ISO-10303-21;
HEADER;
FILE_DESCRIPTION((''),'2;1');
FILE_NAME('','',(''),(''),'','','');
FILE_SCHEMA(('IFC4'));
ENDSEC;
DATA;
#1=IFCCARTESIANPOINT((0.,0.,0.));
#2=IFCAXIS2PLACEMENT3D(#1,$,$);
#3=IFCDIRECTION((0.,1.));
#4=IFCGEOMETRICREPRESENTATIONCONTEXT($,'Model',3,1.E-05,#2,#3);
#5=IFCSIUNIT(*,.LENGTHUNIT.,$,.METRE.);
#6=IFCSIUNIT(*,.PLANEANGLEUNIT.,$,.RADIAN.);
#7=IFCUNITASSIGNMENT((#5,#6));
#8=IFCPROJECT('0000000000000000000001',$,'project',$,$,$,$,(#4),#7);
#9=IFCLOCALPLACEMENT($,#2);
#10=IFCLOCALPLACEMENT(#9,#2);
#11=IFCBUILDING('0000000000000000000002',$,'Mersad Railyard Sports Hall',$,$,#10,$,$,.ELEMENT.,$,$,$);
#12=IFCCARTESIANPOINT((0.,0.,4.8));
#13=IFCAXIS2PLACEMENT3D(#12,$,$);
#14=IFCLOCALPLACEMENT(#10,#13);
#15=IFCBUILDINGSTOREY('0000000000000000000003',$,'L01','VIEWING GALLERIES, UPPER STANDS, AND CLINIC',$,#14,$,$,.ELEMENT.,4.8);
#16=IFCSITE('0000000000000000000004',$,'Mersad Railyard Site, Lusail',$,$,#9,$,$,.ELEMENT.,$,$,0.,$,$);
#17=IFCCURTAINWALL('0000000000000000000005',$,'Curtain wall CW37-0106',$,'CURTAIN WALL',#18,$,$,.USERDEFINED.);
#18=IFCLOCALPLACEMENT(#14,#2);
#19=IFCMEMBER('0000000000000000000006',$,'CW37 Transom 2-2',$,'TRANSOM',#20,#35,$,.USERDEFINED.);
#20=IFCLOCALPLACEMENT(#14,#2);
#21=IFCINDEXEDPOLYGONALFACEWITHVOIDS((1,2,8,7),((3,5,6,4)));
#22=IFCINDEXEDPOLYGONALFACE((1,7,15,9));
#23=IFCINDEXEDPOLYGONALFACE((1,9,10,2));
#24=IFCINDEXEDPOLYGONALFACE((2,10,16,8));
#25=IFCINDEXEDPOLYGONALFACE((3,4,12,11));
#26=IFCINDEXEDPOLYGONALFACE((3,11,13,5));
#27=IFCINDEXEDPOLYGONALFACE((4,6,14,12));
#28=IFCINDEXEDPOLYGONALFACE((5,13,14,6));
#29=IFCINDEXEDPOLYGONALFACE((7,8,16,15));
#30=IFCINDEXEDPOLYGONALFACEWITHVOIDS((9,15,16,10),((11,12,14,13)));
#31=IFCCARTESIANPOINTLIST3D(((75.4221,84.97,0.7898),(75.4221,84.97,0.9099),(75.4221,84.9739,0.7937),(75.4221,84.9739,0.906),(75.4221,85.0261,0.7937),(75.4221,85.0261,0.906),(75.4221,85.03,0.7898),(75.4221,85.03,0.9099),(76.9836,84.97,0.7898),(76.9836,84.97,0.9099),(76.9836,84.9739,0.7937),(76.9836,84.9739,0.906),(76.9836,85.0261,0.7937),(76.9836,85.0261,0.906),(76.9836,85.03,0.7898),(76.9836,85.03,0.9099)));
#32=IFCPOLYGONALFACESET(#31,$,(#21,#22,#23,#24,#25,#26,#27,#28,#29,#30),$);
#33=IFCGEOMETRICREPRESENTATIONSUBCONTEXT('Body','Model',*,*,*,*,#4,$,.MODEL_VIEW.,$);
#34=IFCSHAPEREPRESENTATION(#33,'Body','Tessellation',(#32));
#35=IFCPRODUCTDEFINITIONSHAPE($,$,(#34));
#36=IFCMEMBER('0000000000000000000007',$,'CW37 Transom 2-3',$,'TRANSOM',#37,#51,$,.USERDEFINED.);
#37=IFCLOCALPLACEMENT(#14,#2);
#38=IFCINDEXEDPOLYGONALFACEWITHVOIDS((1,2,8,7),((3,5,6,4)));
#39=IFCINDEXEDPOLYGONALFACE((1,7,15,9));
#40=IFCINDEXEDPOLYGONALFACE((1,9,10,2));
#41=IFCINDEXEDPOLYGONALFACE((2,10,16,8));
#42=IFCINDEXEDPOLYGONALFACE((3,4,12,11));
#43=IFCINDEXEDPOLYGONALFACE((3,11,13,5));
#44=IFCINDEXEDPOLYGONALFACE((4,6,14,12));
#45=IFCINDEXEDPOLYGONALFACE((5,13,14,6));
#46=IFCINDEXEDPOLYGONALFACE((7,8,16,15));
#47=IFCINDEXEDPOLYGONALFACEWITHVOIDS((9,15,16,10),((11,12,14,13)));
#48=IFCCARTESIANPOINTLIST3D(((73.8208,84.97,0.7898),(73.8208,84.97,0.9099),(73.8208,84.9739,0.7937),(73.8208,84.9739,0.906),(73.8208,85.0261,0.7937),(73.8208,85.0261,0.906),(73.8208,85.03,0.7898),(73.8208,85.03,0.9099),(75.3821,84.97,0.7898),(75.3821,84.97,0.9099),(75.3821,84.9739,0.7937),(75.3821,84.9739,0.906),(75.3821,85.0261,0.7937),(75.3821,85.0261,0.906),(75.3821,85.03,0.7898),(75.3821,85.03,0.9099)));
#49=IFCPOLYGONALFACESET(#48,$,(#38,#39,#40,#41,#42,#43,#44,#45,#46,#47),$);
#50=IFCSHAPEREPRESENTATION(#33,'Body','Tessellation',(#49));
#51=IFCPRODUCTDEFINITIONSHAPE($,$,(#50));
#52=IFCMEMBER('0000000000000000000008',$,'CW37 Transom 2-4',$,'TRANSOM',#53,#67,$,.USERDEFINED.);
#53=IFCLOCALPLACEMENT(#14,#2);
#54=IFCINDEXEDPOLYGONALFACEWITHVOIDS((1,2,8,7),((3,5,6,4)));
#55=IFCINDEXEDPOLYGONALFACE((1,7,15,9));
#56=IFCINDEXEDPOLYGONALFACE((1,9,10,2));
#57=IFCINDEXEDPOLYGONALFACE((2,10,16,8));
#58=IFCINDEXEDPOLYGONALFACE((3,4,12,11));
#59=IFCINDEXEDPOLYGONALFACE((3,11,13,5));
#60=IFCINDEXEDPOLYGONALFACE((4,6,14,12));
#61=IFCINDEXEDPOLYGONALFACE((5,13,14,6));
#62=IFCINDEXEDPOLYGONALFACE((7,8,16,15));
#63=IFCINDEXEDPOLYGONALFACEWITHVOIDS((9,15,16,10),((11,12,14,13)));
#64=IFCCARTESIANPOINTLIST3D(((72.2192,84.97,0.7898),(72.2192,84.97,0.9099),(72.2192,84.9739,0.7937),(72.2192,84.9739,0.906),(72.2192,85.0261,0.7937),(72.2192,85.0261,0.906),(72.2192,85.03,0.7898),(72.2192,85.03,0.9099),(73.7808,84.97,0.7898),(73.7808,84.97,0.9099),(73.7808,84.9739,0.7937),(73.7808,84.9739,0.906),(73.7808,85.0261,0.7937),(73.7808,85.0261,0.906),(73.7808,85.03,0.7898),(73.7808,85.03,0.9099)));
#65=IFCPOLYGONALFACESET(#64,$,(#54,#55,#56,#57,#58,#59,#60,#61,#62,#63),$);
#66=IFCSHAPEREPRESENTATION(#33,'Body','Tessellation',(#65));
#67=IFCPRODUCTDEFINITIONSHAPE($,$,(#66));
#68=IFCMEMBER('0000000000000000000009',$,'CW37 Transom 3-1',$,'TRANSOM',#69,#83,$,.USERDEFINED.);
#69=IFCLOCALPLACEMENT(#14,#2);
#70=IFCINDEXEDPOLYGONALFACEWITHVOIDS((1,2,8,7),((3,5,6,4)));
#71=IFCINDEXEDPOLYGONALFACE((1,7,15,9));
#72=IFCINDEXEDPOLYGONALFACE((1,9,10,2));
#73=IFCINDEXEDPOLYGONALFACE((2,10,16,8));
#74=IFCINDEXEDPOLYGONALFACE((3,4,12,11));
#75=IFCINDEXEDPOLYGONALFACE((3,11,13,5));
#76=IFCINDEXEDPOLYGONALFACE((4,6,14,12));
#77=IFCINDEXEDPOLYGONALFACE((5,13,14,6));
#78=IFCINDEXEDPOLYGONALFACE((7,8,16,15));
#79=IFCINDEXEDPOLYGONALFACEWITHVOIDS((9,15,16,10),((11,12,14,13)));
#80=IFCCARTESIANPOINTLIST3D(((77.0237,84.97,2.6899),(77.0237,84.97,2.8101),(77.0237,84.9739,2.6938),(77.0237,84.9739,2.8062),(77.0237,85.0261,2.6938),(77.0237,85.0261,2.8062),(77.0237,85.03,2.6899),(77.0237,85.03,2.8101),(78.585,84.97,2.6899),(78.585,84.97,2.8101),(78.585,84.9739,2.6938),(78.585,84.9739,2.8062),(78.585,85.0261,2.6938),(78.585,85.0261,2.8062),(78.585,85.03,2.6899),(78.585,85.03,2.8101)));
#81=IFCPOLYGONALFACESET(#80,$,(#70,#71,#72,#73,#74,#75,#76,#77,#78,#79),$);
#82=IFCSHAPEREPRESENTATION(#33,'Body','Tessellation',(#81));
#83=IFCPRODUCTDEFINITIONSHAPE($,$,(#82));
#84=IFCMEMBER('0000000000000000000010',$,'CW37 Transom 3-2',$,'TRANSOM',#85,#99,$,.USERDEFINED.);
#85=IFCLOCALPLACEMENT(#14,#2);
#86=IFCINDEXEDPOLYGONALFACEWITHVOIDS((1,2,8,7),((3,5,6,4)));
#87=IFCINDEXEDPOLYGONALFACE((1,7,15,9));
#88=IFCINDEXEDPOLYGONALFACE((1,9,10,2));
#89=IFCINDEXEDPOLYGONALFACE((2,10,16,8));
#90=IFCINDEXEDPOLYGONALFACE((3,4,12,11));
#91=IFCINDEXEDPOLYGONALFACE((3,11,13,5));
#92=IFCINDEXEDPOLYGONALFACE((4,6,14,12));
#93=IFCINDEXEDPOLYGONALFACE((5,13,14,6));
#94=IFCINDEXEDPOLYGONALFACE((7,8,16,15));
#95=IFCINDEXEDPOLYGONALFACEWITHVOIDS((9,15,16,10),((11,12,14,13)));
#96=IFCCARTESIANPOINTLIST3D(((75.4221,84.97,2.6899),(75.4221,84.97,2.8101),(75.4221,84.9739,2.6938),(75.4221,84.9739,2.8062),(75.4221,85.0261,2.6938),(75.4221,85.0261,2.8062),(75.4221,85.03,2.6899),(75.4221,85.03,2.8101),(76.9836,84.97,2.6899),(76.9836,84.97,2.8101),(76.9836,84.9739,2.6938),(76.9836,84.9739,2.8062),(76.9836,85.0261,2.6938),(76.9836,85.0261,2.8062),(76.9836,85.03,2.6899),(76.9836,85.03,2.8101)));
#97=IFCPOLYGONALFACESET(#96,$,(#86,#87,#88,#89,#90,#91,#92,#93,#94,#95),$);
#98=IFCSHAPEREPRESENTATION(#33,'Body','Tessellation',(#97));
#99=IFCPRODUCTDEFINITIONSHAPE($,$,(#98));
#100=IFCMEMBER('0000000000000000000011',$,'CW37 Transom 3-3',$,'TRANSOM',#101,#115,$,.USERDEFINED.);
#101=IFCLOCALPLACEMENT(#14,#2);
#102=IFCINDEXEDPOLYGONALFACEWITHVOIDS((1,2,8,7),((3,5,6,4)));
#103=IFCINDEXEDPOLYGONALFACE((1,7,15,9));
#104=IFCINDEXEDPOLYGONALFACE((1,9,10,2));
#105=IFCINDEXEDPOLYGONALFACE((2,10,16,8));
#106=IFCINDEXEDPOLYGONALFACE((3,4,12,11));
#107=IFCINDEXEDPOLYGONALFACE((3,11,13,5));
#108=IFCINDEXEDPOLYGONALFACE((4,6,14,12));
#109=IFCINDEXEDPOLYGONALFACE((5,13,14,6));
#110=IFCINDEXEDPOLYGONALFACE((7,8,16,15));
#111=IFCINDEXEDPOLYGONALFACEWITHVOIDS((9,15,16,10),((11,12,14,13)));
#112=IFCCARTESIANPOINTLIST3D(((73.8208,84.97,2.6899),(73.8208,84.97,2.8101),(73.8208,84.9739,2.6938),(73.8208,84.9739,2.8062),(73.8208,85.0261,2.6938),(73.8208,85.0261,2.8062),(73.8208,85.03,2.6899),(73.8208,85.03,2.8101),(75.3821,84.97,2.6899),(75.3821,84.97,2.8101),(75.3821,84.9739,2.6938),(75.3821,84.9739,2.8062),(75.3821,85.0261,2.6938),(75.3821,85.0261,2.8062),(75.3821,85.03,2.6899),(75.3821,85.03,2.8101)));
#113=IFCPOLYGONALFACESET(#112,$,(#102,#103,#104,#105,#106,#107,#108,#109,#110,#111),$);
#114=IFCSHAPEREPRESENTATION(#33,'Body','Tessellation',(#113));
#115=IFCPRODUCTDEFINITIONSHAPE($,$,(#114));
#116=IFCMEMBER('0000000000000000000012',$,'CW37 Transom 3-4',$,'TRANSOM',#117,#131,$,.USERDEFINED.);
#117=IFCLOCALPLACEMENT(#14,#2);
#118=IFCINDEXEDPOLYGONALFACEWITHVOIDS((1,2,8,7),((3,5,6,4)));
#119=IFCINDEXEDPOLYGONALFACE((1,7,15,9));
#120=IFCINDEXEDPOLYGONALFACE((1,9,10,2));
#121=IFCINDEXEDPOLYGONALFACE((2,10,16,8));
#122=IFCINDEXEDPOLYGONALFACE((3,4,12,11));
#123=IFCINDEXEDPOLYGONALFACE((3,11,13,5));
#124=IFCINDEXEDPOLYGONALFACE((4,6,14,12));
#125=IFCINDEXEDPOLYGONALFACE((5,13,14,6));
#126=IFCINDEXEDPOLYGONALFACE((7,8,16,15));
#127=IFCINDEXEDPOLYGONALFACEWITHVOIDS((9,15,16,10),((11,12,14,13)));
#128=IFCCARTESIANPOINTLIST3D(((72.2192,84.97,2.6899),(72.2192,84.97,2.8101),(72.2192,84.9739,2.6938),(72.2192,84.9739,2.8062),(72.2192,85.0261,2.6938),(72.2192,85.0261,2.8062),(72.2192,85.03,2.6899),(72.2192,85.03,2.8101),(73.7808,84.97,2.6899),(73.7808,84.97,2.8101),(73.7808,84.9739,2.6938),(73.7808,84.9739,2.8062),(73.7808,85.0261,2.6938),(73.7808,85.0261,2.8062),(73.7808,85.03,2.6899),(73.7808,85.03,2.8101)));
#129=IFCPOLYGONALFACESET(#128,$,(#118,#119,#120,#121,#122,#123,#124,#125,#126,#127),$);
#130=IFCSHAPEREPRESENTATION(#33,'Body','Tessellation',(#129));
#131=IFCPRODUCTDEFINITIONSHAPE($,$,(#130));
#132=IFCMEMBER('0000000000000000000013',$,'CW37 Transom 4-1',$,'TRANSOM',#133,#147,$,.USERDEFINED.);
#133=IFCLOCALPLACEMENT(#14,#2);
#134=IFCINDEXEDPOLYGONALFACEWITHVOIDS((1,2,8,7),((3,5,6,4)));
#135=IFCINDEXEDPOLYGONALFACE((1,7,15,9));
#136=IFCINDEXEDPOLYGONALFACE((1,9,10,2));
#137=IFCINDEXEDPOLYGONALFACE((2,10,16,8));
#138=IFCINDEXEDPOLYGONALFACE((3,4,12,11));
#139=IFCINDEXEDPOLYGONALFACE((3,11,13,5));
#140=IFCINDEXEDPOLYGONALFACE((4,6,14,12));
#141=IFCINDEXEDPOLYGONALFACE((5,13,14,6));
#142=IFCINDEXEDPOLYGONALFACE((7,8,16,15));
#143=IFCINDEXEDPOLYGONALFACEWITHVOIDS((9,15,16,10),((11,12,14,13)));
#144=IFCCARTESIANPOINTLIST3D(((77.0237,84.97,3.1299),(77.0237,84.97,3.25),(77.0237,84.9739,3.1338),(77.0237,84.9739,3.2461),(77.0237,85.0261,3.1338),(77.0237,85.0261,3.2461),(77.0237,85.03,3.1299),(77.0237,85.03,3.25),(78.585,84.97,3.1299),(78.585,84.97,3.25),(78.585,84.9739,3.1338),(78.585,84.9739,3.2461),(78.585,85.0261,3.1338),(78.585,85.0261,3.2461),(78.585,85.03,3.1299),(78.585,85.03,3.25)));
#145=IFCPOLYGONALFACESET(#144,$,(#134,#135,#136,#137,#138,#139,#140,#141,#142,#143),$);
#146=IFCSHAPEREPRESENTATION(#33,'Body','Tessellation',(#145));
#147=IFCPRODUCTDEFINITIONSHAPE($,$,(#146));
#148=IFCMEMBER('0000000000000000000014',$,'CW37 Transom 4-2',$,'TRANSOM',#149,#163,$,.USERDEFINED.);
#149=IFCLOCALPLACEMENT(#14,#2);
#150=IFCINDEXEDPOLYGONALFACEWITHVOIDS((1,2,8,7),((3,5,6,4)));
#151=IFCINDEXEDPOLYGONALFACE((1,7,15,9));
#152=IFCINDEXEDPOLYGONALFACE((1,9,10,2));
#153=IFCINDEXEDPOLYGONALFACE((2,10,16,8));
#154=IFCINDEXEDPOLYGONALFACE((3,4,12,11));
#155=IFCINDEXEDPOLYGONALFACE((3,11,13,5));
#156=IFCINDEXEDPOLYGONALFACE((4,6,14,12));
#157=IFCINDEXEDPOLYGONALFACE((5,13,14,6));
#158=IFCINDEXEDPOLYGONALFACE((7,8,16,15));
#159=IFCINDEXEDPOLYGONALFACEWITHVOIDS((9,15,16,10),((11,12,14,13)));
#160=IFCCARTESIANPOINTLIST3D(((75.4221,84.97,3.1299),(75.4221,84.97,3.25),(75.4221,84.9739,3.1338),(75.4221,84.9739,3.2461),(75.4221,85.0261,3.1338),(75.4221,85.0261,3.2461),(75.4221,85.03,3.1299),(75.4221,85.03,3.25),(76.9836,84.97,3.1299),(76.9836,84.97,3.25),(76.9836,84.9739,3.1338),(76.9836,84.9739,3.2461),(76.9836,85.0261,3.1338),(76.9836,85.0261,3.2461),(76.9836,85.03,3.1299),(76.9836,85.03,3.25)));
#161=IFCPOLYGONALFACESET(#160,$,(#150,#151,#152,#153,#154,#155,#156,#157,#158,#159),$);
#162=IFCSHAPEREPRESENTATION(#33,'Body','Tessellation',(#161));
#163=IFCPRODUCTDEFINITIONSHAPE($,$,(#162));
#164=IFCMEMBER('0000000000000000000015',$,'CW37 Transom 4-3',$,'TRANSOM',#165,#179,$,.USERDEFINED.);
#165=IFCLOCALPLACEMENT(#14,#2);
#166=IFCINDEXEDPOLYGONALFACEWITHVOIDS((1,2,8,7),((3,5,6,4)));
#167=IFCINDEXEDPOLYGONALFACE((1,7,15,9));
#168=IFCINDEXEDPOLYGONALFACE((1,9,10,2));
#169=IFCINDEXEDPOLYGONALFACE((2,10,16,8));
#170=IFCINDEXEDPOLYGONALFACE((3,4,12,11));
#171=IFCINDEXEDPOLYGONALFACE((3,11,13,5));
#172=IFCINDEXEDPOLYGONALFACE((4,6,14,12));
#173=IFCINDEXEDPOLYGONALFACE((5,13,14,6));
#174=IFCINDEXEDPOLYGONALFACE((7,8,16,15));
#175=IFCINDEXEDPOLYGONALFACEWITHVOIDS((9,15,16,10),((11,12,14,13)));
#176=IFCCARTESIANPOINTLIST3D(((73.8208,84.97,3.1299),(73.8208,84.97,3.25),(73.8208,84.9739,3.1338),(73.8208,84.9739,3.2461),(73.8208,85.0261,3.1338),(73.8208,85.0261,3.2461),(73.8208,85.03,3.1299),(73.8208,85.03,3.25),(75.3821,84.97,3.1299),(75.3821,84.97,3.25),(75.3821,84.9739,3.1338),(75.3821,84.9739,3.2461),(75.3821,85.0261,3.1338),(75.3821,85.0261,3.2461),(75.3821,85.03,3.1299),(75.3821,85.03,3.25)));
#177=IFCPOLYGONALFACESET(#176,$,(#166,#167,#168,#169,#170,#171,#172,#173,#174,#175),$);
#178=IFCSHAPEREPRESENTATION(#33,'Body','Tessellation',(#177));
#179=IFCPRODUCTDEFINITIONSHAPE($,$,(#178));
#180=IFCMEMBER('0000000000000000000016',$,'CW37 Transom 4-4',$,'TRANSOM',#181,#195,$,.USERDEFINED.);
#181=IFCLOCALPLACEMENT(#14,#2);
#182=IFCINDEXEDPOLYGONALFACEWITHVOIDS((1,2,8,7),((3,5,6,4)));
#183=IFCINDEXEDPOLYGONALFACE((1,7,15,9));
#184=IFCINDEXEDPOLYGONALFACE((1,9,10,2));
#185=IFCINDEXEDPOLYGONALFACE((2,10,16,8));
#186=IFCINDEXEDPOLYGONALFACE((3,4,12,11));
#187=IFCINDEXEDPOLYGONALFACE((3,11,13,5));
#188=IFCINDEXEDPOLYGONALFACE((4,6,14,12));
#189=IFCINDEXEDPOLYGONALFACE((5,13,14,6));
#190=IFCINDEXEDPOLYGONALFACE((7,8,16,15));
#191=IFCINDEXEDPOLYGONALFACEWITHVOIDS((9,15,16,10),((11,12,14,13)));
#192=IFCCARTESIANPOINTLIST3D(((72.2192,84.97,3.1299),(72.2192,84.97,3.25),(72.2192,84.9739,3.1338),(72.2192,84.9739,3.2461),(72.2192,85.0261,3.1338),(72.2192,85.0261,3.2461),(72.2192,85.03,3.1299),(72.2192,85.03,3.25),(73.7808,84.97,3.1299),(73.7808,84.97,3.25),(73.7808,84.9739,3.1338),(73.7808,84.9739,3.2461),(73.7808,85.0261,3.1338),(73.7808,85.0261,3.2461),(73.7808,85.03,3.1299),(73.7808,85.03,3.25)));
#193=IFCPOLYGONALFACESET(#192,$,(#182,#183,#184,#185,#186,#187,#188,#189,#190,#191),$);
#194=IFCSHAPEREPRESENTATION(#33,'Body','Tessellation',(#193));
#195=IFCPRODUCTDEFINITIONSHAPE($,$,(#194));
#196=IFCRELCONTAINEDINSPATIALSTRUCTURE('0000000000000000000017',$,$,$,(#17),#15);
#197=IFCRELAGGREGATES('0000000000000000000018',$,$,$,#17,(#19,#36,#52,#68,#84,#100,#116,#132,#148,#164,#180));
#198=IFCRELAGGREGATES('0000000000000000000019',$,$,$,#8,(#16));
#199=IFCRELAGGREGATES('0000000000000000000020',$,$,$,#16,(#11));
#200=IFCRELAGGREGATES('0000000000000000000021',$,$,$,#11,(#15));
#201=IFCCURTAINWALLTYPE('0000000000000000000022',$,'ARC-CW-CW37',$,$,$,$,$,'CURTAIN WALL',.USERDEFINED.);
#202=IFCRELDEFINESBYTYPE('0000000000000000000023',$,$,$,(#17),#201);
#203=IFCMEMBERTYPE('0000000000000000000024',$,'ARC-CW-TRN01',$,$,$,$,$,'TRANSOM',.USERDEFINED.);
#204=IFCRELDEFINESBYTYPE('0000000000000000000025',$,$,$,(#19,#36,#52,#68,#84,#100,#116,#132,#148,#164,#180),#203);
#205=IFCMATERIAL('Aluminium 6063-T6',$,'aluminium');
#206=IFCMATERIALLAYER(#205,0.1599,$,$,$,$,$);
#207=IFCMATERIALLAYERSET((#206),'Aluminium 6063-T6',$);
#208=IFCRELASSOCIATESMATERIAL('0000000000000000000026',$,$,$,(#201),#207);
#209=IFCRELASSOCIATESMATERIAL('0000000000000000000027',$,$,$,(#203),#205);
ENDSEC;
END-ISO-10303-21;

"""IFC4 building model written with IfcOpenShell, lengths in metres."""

from ifc_helpers import new_model, si_unit, direction, frame, origin, origin_2d, place, context, subcontext, project, spatial, hollow_rectangle, extrude, material, layer, layer_set, material_profile, profile_set, type_object, element, aggregate, save


model = new_model("IFC4")

# Units and contexts
model_context = context("Model", 3, precision=1e-05, world=origin(), true_north=direction((0.0, 1.0)))
body_context = subcontext(model_context, "Body", "Model", "MODEL_VIEW")
ifc_project = project(units=[si_unit("LENGTHUNIT", "METRE"), si_unit("PLANEANGLEUNIT", "RADIAN")], contexts=[model_context])

# Site, building, storey
site_placement = place(None, origin())
site = spatial("IfcSite", under=ifc_project, at=site_placement, Name="Mersad Railyard Site, Lusail", CompositionType="ELEMENT", RefElevation=0.0)
building_placement = place(site_placement, origin())
building = spatial("IfcBuilding", under=site, at=building_placement, Name="Mersad Railyard Sports Hall", CompositionType="ELEMENT")
storey_placement = place(building_placement, frame((0.0, 0.0, 4.8)))
storey = spatial("IfcBuildingStorey", under=building, at=storey_placement, Name="L01", Description="VIEWING GALLERIES, UPPER STANDS, AND CLINIC", CompositionType="ELEMENT", Elevation=4.8)

# Curtain wall, members
ifc_material_1 = material(Name="Aluminium 6063-T6", Category="aluminium")
ifc_layer_1 = layer(ifc_material_1, 0.1599)
ifc_layer_set_1 = layer_set([ifc_layer_1], Name="Aluminium 6063-T6")
curtain_wall_type = type_object("IfcCurtainWallType", Name="ARC-CW-CW37", ElementType="CURTAIN WALL", PredefinedType="USERDEFINED", material=ifc_layer_set_1)
curtain_wall_placement = place(storey_placement, origin())
curtain_wall = element("IfcCurtainWall", 1, at=curtain_wall_placement, inside=storey, type_object=curtain_wall_type, Name="Curtain wall CW37-0106", ObjectType="CURTAIN WALL", PredefinedType="USERDEFINED")
ifc_material_profile_1 = material_profile(ifc_material_1, hollow_rectangle(XDim=0.0601, YDim=0.1201, WallThickness=0.0039, at=origin_2d()), Name="AL TRANSOM 60x120x4")
ifc_profile_set_1 = profile_set([ifc_material_profile_1], Name="Aluminium 6063-T6")
member_type_1 = type_object("IfcMemberType", Name="ARC-CW-TRN01", ElementType="TRANSOM", PredefinedType="USERDEFINED", material=ifc_profile_set_1)
member_1_placement = place(storey_placement, frame((76.9836, 85.0, 0.8499), z_axis=(-1.0, 0.0, 0.0), x_axis=(0.0, -1.0, 0.0)))
member_1 = element("IfcMember", 2, at=member_1_placement, type_object=member_type_1, Name="CW37 Transom 2-2", ObjectType="TRANSOM", PredefinedType="USERDEFINED", context=body_context, shape_type="SweptSolid", body=[
    extrude(hollow_rectangle(XDim=0.0601, YDim=0.1201, WallThickness=0.0039, at=origin_2d()), origin(), (0.0, 0.0, 1.0), 1.5615),
])
member_2_placement = place(storey_placement, frame((75.3821, 85.0, 0.8499), z_axis=(-1.0, 0.0, 0.0), x_axis=(0.0, -1.0, 0.0)))
member_2 = element("IfcMember", 3, at=member_2_placement, type_object=member_type_1, Name="CW37 Transom 2-3", ObjectType="TRANSOM", PredefinedType="USERDEFINED", context=body_context, shape_type="SweptSolid", body=[
    extrude(hollow_rectangle(XDim=0.0601, YDim=0.1201, WallThickness=0.0039, at=origin_2d()), origin(), (0.0, 0.0, 1.0), 1.5613),
])
member_3_placement = place(storey_placement, frame((73.7808, 85.0, 0.8499), z_axis=(-1.0, 0.0, 0.0), x_axis=(0.0, -1.0, 0.0)))
member_3 = element("IfcMember", 4, at=member_3_placement, type_object=member_type_1, Name="CW37 Transom 2-4", ObjectType="TRANSOM", PredefinedType="USERDEFINED", context=body_context, shape_type="SweptSolid", body=[
    extrude(hollow_rectangle(XDim=0.0601, YDim=0.1201, WallThickness=0.0039, at=origin_2d()), origin(), (0.0, 0.0, 1.0), 1.5615),
])
member_4_placement = place(storey_placement, frame((78.585, 85.0, 2.75), z_axis=(-1.0, 0.0, 0.0), x_axis=(0.0, -1.0, 0.0)))
member_4 = element("IfcMember", 5, at=member_4_placement, type_object=member_type_1, Name="CW37 Transom 3-1", ObjectType="TRANSOM", PredefinedType="USERDEFINED", context=body_context, shape_type="SweptSolid", body=[
    extrude(hollow_rectangle(XDim=0.0601, YDim=0.1201, WallThickness=0.0039, at=origin_2d()), origin(), (0.0, 0.0, 1.0), 1.5613),
])
member_5_placement = place(storey_placement, frame((76.9836, 85.0, 2.75), z_axis=(-1.0, 0.0, 0.0), x_axis=(0.0, -1.0, 0.0)))
member_5 = element("IfcMember", 6, at=member_5_placement, type_object=member_type_1, Name="CW37 Transom 3-2", ObjectType="TRANSOM", PredefinedType="USERDEFINED", context=body_context, shape_type="SweptSolid", body=[
    extrude(hollow_rectangle(XDim=0.0601, YDim=0.1201, WallThickness=0.0039, at=origin_2d()), origin(), (0.0, 0.0, 1.0), 1.5615),
])
member_6_placement = place(storey_placement, frame((75.3821, 85.0, 2.75), z_axis=(-1.0, 0.0, 0.0), x_axis=(0.0, -1.0, 0.0)))
member_6 = element("IfcMember", 7, at=member_6_placement, type_object=member_type_1, Name="CW37 Transom 3-3", ObjectType="TRANSOM", PredefinedType="USERDEFINED", context=body_context, shape_type="SweptSolid", body=[
    extrude(hollow_rectangle(XDim=0.0601, YDim=0.1201, WallThickness=0.0039, at=origin_2d()), origin(), (0.0, 0.0, 1.0), 1.5613),
])
member_7_placement = place(storey_placement, frame((73.7808, 85.0, 2.75), z_axis=(-1.0, 0.0, 0.0), x_axis=(0.0, -1.0, 0.0)))
member_7 = element("IfcMember", 8, at=member_7_placement, type_object=member_type_1, Name="CW37 Transom 3-4", ObjectType="TRANSOM", PredefinedType="USERDEFINED", context=body_context, shape_type="SweptSolid", body=[
    extrude(hollow_rectangle(XDim=0.0601, YDim=0.1201, WallThickness=0.0039, at=origin_2d()), origin(), (0.0, 0.0, 1.0), 1.5615),
])
member_8_placement = place(storey_placement, frame((78.585, 85.0, 3.1899), z_axis=(-1.0, 0.0, 0.0), x_axis=(0.0, -1.0, 0.0)))
member_8 = element("IfcMember", 9, at=member_8_placement, type_object=member_type_1, Name="CW37 Transom 4-1", ObjectType="TRANSOM", PredefinedType="USERDEFINED", context=body_context, shape_type="SweptSolid", body=[
    extrude(hollow_rectangle(XDim=0.0601, YDim=0.1201, WallThickness=0.0039, at=origin_2d()), origin(), (0.0, 0.0, 1.0), 1.5613),
])
member_9_placement = place(storey_placement, frame((76.9836, 85.0, 3.1899), z_axis=(-1.0, 0.0, 0.0), x_axis=(0.0, -1.0, 0.0)))
member_9 = element("IfcMember", 10, at=member_9_placement, type_object=member_type_1, Name="CW37 Transom 4-2", ObjectType="TRANSOM", PredefinedType="USERDEFINED", context=body_context, shape_type="SweptSolid", body=[
    extrude(hollow_rectangle(XDim=0.0601, YDim=0.1201, WallThickness=0.0039, at=origin_2d()), origin(), (0.0, 0.0, 1.0), 1.5615),
])
member_10_placement = place(storey_placement, frame((75.3821, 85.0, 3.1899), z_axis=(-1.0, 0.0, 0.0), x_axis=(0.0, -1.0, 0.0)))
member_10 = element("IfcMember", 11, at=member_10_placement, type_object=member_type_1, Name="CW37 Transom 4-3", ObjectType="TRANSOM", PredefinedType="USERDEFINED", context=body_context, shape_type="SweptSolid", body=[
    extrude(hollow_rectangle(XDim=0.0601, YDim=0.1201, WallThickness=0.0039, at=origin_2d()), origin(), (0.0, 0.0, 1.0), 1.5613),
])
member_11_placement = place(storey_placement, frame((73.7808, 85.0, 3.1899), z_axis=(-1.0, 0.0, 0.0), x_axis=(0.0, -1.0, 0.0)))
member_11 = element("IfcMember", 12, at=member_11_placement, type_object=member_type_1, Name="CW37 Transom 4-4", ObjectType="TRANSOM", PredefinedType="USERDEFINED", context=body_context, shape_type="SweptSolid", body=[
    extrude(hollow_rectangle(XDim=0.0601, YDim=0.1201, WallThickness=0.0039, at=origin_2d()), origin(), (0.0, 0.0, 1.0), 1.5615),
])

aggregate(curtain_wall, [member_1, member_2, member_3, member_4, member_5, member_6, member_7, member_8, member_9, member_10, member_11])

save(model, "model.ifc")
